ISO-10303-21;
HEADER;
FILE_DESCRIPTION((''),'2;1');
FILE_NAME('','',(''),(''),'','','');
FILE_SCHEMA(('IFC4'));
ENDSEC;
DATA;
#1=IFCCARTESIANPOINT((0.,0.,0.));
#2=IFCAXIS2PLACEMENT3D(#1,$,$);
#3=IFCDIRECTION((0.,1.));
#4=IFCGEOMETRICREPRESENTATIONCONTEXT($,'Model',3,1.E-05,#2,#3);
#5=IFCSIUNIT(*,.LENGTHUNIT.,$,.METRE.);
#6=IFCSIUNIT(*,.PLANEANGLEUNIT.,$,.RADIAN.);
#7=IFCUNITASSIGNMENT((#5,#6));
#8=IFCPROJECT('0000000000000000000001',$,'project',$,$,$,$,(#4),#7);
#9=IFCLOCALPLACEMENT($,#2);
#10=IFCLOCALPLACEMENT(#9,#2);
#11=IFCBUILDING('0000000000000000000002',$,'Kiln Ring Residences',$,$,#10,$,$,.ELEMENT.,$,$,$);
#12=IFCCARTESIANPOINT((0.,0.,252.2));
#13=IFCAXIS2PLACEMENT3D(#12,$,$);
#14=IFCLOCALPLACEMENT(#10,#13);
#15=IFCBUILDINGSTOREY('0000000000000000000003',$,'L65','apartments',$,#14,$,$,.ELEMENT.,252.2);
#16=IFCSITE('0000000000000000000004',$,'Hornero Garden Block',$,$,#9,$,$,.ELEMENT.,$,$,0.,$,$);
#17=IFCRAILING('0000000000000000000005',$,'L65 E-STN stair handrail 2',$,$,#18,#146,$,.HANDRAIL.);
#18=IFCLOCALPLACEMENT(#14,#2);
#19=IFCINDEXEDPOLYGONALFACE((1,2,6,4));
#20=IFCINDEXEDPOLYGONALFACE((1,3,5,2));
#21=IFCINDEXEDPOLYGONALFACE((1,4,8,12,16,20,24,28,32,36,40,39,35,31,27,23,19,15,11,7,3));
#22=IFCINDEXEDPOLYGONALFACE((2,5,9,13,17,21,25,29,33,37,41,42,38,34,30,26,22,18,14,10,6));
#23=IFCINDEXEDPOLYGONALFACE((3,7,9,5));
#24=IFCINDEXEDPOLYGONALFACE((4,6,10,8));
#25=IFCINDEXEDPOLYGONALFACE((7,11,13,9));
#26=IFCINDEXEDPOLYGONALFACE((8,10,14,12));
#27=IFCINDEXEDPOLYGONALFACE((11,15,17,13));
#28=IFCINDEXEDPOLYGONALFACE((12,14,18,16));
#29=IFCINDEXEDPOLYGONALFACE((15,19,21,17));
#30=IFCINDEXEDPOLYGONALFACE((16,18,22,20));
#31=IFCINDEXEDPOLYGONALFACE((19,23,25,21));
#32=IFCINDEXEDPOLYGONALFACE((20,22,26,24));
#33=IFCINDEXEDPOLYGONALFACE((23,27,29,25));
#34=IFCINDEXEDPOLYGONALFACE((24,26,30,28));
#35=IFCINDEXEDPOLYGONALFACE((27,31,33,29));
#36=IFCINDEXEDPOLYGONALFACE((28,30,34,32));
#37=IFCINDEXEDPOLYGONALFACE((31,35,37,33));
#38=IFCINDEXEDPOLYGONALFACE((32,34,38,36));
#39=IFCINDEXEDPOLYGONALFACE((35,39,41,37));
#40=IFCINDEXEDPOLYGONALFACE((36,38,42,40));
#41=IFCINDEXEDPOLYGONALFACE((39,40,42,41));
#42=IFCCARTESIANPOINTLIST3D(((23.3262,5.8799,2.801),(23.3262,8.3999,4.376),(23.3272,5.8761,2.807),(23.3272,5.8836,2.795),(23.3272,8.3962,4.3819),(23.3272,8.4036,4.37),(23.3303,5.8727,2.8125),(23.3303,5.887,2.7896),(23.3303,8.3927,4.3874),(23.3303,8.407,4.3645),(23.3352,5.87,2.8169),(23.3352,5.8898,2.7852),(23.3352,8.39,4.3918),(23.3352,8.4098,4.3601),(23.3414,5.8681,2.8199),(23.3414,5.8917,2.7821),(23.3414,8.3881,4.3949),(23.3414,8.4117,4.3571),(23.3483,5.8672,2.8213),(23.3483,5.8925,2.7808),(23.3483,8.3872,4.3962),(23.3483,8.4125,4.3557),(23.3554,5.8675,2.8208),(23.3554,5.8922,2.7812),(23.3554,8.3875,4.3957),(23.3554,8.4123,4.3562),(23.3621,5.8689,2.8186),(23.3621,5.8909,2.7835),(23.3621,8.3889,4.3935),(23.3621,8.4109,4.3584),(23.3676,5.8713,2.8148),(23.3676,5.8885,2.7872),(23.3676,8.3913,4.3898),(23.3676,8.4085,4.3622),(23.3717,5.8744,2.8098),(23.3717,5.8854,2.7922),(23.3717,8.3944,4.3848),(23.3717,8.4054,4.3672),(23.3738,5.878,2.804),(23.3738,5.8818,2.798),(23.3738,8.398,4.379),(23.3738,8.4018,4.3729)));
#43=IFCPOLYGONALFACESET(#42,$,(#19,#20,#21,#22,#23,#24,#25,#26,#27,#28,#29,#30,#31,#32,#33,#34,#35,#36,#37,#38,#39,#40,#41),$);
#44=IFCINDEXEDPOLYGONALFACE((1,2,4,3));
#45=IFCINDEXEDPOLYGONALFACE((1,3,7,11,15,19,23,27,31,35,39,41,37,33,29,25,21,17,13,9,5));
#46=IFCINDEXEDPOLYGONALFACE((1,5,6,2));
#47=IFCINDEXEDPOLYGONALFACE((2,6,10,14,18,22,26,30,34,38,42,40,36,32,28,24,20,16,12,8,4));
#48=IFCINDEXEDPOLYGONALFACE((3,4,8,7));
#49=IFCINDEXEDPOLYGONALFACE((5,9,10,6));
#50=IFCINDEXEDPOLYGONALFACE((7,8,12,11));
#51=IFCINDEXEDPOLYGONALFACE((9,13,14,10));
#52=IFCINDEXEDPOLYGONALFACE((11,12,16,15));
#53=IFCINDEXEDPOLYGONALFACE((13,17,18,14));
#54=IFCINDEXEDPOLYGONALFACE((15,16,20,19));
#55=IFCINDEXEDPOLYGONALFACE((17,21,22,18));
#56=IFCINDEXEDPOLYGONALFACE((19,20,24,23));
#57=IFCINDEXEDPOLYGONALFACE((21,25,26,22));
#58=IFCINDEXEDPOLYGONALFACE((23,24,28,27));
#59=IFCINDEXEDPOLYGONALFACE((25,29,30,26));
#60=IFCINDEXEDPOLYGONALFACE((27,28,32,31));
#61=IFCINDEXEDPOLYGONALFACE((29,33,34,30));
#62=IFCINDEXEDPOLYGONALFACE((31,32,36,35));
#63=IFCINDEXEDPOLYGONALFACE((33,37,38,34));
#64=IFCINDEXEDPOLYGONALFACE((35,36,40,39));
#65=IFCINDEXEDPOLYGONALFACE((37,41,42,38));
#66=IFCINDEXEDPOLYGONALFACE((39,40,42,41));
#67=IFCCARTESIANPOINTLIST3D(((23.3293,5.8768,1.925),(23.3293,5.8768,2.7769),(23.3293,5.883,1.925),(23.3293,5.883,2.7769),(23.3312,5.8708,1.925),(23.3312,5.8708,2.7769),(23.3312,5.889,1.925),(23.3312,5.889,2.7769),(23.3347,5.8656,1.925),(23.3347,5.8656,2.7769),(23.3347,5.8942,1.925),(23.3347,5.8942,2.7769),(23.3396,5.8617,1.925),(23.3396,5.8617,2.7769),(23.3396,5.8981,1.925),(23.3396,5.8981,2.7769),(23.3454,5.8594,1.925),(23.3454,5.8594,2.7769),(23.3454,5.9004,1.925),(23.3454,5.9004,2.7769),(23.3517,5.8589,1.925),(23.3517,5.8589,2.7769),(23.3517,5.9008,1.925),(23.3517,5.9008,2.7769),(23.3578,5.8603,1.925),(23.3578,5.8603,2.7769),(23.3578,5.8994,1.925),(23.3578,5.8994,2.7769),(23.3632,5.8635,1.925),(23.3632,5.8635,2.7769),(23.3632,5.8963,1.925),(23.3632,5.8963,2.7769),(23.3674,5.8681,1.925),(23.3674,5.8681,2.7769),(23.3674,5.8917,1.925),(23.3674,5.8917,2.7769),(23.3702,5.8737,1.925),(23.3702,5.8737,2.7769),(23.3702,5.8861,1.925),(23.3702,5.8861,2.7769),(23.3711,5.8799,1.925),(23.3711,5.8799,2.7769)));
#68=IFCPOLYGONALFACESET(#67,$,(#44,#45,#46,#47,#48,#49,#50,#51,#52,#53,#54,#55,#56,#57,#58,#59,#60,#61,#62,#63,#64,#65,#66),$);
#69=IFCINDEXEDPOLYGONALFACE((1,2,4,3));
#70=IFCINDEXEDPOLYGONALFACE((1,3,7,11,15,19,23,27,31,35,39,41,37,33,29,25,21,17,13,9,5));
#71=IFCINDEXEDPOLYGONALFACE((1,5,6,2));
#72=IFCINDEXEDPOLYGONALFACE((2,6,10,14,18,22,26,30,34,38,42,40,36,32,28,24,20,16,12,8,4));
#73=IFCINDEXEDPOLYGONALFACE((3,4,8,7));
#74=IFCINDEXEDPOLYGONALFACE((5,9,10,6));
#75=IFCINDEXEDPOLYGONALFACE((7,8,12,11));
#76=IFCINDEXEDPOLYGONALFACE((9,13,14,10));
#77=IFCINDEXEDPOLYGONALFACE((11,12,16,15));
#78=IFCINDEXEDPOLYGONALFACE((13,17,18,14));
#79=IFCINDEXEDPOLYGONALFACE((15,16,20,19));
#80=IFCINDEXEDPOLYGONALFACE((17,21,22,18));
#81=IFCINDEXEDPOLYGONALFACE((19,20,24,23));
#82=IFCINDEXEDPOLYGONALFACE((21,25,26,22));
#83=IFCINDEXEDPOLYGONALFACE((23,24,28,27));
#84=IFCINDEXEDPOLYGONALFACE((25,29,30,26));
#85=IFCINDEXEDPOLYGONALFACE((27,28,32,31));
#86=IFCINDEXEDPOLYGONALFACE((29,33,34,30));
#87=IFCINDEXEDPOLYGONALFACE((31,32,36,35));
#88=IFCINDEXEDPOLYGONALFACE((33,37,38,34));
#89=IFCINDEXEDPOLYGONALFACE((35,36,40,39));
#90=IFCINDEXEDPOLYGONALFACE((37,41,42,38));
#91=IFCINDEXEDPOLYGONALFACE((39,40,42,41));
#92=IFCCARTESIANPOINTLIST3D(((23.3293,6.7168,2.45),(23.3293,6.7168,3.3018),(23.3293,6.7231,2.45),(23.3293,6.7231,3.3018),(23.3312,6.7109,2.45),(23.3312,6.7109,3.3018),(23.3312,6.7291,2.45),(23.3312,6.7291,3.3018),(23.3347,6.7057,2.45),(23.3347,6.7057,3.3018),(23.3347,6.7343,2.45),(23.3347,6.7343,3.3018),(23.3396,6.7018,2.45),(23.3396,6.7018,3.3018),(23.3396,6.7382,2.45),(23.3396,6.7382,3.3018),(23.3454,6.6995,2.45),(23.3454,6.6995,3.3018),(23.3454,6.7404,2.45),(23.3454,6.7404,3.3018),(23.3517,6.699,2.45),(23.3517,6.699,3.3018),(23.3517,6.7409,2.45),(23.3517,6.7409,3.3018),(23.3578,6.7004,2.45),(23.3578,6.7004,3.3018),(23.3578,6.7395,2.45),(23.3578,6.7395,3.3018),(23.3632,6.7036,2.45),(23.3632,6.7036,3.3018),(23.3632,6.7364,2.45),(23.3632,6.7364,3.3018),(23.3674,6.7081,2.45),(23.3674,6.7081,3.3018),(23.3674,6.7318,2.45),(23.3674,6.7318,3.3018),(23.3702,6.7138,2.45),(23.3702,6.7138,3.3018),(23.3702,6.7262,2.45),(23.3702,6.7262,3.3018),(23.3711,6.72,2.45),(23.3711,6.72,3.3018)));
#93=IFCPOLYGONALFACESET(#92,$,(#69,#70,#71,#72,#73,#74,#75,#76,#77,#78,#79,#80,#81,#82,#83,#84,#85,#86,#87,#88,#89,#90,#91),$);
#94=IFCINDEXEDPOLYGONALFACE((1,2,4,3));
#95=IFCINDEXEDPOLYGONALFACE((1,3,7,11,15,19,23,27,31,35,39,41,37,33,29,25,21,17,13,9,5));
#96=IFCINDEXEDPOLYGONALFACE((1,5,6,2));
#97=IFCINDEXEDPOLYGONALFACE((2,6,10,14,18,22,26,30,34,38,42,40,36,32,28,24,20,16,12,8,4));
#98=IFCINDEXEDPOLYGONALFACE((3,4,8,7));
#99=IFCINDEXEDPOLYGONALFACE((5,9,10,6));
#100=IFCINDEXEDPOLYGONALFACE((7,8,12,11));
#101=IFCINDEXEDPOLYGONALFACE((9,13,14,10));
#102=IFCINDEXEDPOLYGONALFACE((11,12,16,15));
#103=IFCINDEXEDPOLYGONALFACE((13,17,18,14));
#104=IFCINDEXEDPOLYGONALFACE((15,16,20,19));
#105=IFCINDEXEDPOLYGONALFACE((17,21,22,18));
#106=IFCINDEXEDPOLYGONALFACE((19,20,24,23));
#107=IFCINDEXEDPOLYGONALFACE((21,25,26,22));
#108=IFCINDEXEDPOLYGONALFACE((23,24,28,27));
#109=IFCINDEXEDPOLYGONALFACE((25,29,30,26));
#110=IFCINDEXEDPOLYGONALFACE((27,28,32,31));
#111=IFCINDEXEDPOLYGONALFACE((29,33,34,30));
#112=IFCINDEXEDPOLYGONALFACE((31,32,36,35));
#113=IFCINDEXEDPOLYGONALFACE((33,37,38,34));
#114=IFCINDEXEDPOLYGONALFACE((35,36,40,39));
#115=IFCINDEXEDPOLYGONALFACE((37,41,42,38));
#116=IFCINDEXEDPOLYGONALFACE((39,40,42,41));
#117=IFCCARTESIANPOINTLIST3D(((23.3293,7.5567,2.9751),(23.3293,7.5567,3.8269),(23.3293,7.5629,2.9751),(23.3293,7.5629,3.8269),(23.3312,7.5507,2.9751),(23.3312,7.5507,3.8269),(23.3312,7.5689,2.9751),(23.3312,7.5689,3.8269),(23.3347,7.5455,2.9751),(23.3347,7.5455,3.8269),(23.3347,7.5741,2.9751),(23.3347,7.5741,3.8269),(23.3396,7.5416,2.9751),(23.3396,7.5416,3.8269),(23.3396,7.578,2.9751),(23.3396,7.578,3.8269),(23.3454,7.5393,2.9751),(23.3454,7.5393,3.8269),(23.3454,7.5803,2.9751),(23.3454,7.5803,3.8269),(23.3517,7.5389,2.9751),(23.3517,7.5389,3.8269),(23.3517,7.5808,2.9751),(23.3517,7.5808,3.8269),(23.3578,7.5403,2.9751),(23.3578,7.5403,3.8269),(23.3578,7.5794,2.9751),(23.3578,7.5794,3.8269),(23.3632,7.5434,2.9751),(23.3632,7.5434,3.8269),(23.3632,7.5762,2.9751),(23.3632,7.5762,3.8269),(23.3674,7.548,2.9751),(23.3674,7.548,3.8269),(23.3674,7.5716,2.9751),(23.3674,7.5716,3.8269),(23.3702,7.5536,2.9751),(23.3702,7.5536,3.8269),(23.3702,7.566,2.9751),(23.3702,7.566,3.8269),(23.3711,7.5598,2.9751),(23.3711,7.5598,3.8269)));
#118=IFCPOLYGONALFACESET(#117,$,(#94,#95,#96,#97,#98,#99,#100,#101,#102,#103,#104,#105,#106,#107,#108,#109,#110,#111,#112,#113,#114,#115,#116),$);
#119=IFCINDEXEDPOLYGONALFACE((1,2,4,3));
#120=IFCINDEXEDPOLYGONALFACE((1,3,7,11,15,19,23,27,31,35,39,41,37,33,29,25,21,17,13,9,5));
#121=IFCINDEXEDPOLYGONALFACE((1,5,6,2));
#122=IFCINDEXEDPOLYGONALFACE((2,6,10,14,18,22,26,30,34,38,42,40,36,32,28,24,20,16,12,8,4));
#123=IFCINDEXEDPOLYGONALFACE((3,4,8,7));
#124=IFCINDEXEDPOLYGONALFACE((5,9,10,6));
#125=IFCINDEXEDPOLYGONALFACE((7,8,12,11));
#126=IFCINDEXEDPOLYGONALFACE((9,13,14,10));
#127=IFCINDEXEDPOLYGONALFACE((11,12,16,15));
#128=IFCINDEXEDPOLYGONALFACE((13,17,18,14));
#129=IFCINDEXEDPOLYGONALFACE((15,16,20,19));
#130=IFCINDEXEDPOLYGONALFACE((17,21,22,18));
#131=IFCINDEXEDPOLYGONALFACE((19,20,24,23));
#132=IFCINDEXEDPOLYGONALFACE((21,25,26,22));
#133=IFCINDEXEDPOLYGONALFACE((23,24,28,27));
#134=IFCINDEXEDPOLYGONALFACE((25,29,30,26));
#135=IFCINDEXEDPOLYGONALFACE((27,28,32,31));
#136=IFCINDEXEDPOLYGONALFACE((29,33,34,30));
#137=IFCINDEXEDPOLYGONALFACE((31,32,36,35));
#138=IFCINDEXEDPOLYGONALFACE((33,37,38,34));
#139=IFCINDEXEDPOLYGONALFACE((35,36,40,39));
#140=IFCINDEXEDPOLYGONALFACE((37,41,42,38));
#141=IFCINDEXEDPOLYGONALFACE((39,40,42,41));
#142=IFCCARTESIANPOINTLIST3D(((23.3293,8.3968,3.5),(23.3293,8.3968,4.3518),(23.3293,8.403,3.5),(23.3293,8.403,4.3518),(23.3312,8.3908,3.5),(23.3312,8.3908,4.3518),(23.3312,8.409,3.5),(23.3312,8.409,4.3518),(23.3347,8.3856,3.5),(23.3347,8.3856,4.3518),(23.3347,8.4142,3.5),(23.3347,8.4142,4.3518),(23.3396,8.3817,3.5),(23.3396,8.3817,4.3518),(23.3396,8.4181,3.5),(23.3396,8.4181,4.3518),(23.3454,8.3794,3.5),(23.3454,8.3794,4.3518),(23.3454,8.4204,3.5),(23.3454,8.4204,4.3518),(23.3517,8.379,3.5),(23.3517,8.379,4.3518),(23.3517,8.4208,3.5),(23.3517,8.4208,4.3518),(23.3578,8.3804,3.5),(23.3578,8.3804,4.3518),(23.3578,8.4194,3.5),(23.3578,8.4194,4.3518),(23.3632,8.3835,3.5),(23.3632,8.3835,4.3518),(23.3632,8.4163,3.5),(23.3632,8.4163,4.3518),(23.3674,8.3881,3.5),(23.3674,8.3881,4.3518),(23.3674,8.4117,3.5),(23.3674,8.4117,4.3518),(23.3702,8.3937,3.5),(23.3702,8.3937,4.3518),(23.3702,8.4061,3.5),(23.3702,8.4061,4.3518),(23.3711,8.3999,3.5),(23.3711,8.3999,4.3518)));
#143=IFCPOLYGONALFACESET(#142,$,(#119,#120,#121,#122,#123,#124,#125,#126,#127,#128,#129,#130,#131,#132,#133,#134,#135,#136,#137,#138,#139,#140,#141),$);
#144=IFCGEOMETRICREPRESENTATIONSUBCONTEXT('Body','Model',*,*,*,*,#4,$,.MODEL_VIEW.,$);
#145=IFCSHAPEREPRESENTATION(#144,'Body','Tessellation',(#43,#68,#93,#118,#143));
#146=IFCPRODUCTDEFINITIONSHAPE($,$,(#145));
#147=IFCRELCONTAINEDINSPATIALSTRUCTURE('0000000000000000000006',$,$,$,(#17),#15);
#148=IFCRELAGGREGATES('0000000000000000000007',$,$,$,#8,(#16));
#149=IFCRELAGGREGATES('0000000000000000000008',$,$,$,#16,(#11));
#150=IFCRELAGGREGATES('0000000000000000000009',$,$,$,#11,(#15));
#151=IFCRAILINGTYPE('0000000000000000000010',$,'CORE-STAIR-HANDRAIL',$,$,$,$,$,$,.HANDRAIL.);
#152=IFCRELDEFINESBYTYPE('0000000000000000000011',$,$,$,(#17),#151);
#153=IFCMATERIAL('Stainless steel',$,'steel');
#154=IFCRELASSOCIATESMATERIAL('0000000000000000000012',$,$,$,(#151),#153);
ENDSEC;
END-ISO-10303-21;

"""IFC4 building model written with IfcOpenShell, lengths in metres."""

from ifc_helpers import new_model, si_unit, direction, frame, origin, origin_2d, place, context, subcontext, project, spatial, circle, extrude, material, type_object, element, save


model = new_model("IFC4")

# Units and contexts
model_context = context("Model", 3, precision=1e-05, world=origin(), true_north=direction((0.0, 1.0)))
body_context = subcontext(model_context, "Body", "Model", "MODEL_VIEW")
ifc_project = project(units=[si_unit("LENGTHUNIT", "METRE"), si_unit("PLANEANGLEUNIT", "RADIAN")], contexts=[model_context])

# Site, building, storey
site_placement = place(None, origin())
site = spatial("IfcSite", under=ifc_project, at=site_placement, Name="Hornero Garden Block", CompositionType="ELEMENT", RefElevation=0.0)
building_placement = place(site_placement, origin())
building = spatial("IfcBuilding", under=site, at=building_placement, Name="Kiln Ring Residences", CompositionType="ELEMENT")
storey_placement = place(building_placement, frame((0.0, 0.0, 252.2)))
storey = spatial("IfcBuildingStorey", under=building, at=storey_placement, Name="L65", Description="apartments", CompositionType="ELEMENT", Elevation=252.2)

# Railing
ifc_material_1 = material(Name="Stainless steel", Category="steel")
railing_type_1 = type_object("IfcRailingType", Name="CORE-STAIR-HANDRAIL", PredefinedType="HANDRAIL", material=ifc_material_1)
railing_1_placement = place(storey_placement, frame((23.3501, 5.8799, 1.925)))
element("IfcRailing", 1, at=railing_1_placement, inside=storey, type_object=railing_type_1, Name="L65 E-STN stair handrail 2", PredefinedType="HANDRAIL", context=body_context, shape_type="SweptSolid", body=[
    extrude(circle(Radius=0.0239, at=origin_2d()), frame((0.0, 0.0, 0.876), z_axis=(0.0, 0.848008, 0.529984), x_axis=(-1.0, 0.0, 0.0)), (0.0, 0.0, 1.0), 2.9717),
    extrude(circle(Radius=0.021, at=origin_2d()), origin(), (0.0, 0.0, 1.0), 0.8518),
    extrude(circle(Radius=0.021, at=origin_2d()), frame((0.0, 0.8401, 0.5249)), (0.0, 0.0, 1.0), 0.8518),
    extrude(circle(Radius=0.021, at=origin_2d()), frame((0.0, 1.6799, 1.05)), (0.0, 0.0, 1.0), 0.8518),
    extrude(circle(Radius=0.021, at=origin_2d()), frame((0.0, 2.52, 1.575)), (0.0, 0.0, 1.0), 0.8518),
])

save(model, "model.ifc")
